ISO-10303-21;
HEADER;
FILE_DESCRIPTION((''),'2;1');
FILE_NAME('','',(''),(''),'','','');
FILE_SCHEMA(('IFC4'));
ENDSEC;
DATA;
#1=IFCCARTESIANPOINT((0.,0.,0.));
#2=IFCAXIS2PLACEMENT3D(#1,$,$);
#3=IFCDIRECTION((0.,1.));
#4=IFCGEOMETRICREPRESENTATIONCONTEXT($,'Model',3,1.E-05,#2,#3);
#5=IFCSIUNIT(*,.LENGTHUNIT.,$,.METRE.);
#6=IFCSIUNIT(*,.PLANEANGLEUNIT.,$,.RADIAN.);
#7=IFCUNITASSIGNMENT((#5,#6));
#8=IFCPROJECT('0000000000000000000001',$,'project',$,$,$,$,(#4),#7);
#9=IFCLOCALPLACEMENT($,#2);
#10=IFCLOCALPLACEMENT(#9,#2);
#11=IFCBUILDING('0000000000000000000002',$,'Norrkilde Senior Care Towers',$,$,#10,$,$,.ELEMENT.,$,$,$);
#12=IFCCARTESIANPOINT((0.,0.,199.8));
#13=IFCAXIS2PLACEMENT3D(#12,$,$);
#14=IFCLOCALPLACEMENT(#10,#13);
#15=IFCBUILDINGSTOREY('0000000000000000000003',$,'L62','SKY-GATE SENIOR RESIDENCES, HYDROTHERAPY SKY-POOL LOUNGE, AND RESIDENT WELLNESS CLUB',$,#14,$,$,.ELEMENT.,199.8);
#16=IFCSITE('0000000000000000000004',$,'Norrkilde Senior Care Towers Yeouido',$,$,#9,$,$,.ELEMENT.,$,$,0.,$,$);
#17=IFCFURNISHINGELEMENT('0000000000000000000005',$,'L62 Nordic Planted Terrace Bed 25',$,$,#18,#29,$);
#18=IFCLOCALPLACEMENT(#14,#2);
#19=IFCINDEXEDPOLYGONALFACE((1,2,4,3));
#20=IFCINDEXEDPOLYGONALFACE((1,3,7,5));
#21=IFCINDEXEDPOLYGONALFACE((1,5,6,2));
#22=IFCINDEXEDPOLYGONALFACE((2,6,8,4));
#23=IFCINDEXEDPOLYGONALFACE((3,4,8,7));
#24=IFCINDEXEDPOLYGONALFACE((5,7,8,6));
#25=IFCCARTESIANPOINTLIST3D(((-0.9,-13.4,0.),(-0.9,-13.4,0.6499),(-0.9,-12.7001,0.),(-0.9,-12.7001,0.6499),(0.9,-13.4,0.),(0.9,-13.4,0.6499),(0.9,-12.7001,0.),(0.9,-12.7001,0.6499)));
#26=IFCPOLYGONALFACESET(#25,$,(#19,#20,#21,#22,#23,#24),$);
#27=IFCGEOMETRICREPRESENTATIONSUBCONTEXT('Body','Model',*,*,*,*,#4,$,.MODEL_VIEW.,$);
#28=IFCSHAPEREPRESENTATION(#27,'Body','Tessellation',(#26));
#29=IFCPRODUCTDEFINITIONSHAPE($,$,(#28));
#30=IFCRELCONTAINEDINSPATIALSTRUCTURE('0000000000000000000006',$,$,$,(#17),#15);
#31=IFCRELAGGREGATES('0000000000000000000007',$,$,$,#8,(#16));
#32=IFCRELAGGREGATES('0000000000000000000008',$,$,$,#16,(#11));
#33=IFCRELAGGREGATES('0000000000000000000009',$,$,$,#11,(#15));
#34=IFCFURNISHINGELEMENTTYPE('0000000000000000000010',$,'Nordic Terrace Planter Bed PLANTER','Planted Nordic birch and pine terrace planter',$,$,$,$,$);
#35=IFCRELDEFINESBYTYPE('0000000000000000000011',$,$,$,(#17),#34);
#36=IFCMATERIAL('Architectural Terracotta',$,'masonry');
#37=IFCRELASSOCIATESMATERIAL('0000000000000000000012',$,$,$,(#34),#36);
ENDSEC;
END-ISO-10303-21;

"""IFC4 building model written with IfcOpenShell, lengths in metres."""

from ifc_helpers import new_model, si_unit, direction, frame, origin, origin_2d, place, context, subcontext, project, spatial, rectangle, extrude, source, transform, mapped, material, type_object, type_shapes, element, save


model = new_model("IFC4")

# Units and contexts
model_context = context("Model", 3, precision=1e-05, world=origin(), true_north=direction((0.0, 1.0)))
body_context = subcontext(model_context, "Body", "Model", "MODEL_VIEW")
ifc_project = project(units=[si_unit("LENGTHUNIT", "METRE"), si_unit("PLANEANGLEUNIT", "RADIAN")], contexts=[model_context])

# Site, building, storey
site_placement = place(None, origin())
site = spatial("IfcSite", under=ifc_project, at=site_placement, Name="Norrkilde Senior Care Towers Yeouido", CompositionType="ELEMENT", RefElevation=0.0)
building_placement = place(site_placement, origin())
building = spatial("IfcBuilding", under=site, at=building_placement, Name="Norrkilde Senior Care Towers", CompositionType="ELEMENT")
storey_placement = place(building_placement, frame((0.0, 0.0, 199.8)))
storey = spatial("IfcBuildingStorey", under=building, at=storey_placement, Name="L62", Description="SKY-GATE SENIOR RESIDENCES, HYDROTHERAPY SKY-POOL LOUNGE, AND RESIDENT WELLNESS CLUB", CompositionType="ELEMENT", Elevation=199.8)

# Shared definitions
ifc_material_1 = material(Name="Architectural Terracotta", Category="masonry")

# Furnishing element
furnishing_element_type = type_object("IfcFurnishingElementType", Name="Nordic Terrace Planter Bed PLANTER", Description="Planted Nordic birch and pine terrace planter", material=ifc_material_1)
shared_shape_1 = source(origin(), body_context, "Body", "SweptSolid", [
    extrude(rectangle(XDim=1.8, YDim=0.7, at=origin_2d()), origin(), (0.0, 0.0, 1.0), 0.6499),
])
type_shapes(furnishing_element_type, [shared_shape_1])
furnishing_placement = place(storey_placement, frame((0.0, -13.05, 0.0), z_axis=(0.0, 0.0, 1.0), x_axis=(1.0, 0.0, 0.0)))
element("IfcFurnishingElement", 1, at=furnishing_placement, inside=storey, type_object=furnishing_element_type, Name="L62 Nordic Planted Terrace Bed 25", context=body_context, shape_type="MappedRepresentation", body=[
    mapped(shared_shape_1, transform((0.0, 0.0, 0.0), x_axis=(1.0, 0.0, 0.0), y_axis=(0.0, 1.0, 0.0), z_axis=(0.0, 0.0, 1.0), scale=1.0)),
])

save(model, "model.ifc")
